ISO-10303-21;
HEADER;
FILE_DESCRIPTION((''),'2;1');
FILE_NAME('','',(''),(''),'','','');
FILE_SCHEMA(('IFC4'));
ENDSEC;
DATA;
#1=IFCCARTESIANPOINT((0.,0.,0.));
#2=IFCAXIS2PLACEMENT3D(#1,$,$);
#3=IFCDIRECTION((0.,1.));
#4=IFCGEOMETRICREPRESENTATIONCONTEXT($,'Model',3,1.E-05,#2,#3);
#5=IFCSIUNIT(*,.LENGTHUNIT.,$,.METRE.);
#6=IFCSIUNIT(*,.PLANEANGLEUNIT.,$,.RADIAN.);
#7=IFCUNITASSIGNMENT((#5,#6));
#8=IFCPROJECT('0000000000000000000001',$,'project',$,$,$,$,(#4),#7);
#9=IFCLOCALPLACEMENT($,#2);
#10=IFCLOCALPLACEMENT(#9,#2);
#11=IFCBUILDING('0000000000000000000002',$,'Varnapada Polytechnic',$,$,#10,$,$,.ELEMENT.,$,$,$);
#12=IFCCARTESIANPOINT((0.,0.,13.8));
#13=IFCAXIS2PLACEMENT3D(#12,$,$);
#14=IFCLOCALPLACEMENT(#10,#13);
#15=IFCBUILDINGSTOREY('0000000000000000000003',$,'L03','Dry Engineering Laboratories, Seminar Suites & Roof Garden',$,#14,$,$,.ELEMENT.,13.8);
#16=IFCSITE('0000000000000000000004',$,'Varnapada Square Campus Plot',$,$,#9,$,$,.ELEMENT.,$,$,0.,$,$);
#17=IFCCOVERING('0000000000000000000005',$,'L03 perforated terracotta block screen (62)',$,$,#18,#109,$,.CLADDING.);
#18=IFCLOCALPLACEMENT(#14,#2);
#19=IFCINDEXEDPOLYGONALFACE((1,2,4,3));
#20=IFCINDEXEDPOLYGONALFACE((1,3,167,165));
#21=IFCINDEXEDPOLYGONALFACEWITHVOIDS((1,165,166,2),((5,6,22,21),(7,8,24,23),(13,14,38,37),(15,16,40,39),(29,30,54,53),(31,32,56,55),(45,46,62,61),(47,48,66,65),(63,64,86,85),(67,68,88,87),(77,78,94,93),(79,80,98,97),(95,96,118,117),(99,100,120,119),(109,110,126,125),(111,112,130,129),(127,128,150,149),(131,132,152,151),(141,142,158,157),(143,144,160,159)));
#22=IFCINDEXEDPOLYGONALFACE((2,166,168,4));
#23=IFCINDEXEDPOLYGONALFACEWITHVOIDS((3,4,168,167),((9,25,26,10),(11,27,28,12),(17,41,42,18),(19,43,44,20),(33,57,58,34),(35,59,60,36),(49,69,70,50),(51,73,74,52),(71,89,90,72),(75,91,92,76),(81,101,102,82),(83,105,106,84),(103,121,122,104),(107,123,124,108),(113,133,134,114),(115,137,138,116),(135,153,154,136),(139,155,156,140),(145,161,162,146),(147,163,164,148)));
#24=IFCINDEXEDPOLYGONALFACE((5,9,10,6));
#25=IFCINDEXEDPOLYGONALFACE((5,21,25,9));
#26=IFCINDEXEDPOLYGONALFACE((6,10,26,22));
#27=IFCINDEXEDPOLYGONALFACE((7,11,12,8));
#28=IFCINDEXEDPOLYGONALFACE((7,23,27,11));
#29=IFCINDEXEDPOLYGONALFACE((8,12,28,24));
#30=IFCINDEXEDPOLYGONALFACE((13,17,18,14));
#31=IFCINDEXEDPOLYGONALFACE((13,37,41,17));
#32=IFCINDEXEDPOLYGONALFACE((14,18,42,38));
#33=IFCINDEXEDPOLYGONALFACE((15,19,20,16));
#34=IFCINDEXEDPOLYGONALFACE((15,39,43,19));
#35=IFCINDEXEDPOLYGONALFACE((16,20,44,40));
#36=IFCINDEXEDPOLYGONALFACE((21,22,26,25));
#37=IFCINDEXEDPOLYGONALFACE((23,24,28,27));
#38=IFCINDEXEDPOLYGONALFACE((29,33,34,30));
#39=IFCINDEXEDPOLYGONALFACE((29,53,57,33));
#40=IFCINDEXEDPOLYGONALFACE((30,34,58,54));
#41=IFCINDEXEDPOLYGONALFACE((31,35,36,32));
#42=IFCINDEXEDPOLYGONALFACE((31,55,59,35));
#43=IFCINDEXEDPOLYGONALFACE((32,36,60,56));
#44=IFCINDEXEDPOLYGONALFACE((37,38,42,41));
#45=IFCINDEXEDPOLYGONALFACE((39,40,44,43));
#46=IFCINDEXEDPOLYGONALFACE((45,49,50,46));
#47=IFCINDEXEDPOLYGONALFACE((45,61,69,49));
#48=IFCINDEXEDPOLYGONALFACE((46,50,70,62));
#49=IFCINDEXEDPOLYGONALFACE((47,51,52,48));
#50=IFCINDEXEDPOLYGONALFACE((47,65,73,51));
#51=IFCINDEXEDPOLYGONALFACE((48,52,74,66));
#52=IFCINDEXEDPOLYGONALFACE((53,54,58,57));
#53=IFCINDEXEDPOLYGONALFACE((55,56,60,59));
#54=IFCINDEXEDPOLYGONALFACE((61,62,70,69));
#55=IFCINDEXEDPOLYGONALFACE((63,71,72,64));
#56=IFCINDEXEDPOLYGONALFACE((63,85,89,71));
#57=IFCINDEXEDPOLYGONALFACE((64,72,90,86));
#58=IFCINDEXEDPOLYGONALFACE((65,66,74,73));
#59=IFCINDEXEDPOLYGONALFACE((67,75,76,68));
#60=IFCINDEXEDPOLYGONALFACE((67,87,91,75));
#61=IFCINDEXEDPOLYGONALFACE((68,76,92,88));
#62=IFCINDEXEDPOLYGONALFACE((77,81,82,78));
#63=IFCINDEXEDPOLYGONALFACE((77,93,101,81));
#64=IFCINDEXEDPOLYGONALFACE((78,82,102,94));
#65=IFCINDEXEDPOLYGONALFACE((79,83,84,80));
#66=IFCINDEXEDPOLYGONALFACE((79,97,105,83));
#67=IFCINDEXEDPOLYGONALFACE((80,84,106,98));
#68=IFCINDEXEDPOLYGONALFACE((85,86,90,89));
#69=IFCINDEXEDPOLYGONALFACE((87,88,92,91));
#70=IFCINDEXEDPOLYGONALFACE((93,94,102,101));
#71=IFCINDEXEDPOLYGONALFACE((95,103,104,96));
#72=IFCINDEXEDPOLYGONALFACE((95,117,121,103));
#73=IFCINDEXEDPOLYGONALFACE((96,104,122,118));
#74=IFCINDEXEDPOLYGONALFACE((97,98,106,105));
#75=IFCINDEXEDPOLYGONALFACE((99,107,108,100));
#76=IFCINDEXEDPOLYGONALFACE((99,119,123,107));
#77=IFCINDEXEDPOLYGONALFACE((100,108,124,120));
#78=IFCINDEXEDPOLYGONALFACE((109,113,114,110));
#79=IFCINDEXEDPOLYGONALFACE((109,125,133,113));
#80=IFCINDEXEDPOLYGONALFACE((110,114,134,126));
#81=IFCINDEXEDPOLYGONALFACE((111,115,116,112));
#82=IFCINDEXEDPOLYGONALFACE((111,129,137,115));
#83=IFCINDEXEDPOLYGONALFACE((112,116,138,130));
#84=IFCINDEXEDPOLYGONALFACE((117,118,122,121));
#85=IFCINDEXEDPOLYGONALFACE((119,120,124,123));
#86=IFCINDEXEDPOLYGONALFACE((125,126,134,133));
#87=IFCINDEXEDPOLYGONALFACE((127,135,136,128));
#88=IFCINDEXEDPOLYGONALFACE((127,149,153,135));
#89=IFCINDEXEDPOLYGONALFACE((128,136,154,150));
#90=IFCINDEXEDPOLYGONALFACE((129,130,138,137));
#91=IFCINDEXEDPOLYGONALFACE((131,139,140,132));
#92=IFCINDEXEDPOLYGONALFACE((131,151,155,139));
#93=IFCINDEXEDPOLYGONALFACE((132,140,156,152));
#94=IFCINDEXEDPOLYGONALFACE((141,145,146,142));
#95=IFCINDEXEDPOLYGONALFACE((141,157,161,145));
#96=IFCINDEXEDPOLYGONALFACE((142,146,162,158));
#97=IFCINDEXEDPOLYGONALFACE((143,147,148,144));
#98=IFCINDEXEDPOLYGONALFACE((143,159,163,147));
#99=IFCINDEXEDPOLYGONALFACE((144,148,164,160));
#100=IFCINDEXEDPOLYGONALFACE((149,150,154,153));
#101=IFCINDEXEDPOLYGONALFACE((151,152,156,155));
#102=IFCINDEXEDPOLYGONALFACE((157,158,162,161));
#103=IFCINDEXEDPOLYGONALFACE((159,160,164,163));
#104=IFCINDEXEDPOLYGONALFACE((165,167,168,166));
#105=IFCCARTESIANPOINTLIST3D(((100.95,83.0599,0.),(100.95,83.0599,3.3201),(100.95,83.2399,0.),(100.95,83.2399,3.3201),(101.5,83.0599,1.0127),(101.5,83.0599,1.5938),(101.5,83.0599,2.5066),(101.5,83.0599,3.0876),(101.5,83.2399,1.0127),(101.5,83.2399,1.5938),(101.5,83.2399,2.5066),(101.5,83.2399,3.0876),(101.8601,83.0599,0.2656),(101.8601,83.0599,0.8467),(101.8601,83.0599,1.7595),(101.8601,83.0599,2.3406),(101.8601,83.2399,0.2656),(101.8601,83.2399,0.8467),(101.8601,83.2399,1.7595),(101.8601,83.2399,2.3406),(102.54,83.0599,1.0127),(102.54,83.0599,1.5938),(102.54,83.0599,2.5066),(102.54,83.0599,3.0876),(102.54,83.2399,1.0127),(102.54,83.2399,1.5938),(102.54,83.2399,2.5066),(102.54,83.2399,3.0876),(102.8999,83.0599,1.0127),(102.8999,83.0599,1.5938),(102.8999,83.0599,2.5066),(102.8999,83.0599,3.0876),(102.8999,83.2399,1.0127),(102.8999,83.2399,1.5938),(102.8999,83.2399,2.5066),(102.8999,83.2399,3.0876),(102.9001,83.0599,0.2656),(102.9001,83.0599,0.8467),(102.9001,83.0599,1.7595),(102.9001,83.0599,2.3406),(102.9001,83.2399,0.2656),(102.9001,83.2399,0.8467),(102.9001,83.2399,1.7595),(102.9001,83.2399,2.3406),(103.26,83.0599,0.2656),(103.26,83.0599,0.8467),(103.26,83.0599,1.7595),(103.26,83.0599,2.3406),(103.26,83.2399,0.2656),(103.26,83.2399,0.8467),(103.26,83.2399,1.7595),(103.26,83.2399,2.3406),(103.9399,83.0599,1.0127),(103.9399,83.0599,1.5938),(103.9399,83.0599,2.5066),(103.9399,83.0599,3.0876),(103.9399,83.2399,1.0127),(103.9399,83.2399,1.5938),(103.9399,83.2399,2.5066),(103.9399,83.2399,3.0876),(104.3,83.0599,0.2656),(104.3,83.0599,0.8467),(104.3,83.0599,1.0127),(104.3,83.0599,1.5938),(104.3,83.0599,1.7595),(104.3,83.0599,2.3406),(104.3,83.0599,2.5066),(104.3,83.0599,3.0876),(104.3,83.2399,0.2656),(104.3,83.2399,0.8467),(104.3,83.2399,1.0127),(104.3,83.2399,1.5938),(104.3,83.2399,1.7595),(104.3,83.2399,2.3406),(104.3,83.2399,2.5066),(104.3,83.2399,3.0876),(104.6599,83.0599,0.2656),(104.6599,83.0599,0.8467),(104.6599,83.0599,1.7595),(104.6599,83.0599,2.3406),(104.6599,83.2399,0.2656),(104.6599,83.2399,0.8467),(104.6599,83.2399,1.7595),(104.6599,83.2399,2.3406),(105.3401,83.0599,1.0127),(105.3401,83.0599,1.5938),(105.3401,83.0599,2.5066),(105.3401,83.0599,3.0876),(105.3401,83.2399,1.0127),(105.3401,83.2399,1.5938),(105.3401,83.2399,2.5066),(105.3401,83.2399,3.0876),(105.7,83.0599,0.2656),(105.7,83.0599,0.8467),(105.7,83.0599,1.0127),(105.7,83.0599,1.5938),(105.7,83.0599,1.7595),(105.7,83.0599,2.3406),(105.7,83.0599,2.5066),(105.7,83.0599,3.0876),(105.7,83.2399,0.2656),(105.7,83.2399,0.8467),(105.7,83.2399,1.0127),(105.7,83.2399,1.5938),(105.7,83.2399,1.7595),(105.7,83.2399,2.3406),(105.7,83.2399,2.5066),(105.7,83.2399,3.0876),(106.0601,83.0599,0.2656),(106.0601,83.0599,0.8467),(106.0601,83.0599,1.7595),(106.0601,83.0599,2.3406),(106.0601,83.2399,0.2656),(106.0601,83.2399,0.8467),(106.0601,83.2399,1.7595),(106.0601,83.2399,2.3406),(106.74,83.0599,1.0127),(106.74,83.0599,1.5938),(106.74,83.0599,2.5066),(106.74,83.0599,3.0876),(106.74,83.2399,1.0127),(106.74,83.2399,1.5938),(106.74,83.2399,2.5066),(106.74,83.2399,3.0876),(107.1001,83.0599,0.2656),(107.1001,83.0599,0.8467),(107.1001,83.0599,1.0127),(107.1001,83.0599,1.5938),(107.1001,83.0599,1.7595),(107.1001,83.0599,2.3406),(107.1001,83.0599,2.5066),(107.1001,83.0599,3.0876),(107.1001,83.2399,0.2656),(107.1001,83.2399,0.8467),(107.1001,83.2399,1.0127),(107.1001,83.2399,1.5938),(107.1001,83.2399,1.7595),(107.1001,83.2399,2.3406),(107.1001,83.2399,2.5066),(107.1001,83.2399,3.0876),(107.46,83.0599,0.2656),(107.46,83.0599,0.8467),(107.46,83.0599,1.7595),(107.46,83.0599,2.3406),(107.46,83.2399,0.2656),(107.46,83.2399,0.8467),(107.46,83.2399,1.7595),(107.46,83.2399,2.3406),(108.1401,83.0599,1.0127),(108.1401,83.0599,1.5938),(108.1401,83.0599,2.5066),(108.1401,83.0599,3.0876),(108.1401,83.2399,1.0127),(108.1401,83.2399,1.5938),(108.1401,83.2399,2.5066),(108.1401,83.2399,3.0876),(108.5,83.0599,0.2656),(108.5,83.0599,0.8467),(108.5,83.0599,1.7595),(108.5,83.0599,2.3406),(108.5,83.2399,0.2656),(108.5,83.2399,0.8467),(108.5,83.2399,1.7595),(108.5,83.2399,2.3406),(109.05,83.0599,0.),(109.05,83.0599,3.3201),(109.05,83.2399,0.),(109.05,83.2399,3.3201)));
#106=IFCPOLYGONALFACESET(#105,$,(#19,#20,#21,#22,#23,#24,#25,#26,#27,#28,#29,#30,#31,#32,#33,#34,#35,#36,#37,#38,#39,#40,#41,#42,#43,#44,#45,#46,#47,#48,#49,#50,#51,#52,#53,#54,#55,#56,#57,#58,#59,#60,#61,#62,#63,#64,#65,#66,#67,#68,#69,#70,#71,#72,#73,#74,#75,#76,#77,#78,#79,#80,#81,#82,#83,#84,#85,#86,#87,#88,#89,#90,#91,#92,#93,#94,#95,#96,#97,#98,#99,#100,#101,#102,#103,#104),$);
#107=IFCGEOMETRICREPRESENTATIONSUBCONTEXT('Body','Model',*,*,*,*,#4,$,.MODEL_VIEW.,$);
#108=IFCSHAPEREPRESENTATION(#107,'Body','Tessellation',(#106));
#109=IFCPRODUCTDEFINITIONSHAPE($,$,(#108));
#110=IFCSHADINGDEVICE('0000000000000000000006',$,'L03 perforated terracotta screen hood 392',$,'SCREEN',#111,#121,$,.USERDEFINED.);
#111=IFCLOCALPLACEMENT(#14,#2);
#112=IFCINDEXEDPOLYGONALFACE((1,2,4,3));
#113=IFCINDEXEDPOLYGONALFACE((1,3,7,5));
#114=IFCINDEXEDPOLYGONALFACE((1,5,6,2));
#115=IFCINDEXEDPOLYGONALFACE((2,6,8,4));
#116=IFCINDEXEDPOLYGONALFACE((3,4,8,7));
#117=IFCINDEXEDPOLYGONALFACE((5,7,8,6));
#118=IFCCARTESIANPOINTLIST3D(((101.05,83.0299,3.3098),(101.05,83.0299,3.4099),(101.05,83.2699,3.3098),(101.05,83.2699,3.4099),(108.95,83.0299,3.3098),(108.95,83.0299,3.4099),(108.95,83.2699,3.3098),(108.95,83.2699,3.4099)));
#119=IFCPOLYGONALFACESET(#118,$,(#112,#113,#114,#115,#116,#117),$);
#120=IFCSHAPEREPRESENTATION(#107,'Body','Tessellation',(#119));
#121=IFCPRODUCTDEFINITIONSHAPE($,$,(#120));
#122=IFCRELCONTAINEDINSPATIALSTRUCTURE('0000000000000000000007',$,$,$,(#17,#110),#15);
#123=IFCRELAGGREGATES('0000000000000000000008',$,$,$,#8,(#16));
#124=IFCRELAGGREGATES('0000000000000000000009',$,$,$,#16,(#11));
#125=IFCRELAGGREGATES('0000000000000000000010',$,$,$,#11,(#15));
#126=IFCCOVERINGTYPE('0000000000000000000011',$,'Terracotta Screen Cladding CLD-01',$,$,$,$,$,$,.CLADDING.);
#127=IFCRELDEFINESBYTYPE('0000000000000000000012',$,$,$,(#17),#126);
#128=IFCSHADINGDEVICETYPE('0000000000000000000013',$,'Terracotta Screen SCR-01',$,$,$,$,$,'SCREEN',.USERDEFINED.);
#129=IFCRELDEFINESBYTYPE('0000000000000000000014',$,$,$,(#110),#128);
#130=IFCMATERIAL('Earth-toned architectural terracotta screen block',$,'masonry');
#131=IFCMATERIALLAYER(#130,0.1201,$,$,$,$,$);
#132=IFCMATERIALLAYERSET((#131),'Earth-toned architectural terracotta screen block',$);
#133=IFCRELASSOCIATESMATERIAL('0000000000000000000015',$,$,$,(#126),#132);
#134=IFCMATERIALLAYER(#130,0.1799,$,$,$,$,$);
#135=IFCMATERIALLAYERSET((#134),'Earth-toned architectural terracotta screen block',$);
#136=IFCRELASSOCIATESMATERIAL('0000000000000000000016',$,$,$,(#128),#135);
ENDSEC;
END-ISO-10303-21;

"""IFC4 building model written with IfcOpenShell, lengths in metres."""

from ifc_helpers import new_model, si_unit, direction, frame, frame_2d, origin, origin_2d, place, context, subcontext, project, spatial, rectangle, extrude, material, layer, layer_set, type_object, element, save


model = new_model("IFC4")

# Units and contexts
model_context = context("Model", 3, precision=1e-05, world=origin(), true_north=direction((0.0, 1.0)))
body_context = subcontext(model_context, "Body", "Model", "MODEL_VIEW")
ifc_project = project(units=[si_unit("LENGTHUNIT", "METRE"), si_unit("PLANEANGLEUNIT", "RADIAN")], contexts=[model_context])

# Site, building, storey
site_placement = place(None, origin())
site = spatial("IfcSite", under=ifc_project, at=site_placement, Name="Varnapada Square Campus Plot", CompositionType="ELEMENT", RefElevation=0.0)
building_placement = place(site_placement, origin())
building = spatial("IfcBuilding", under=site, at=building_placement, Name="Varnapada Polytechnic", CompositionType="ELEMENT")
storey_placement = place(building_placement, frame((0.0, 0.0, 13.8)))
storey = spatial("IfcBuildingStorey", under=building, at=storey_placement, Name="L03", Description="Dry Engineering Laboratories, Seminar Suites & Roof Garden", CompositionType="ELEMENT", Elevation=13.8)

# Covering, openings
ifc_material_1 = material(Name="Earth-toned architectural terracotta screen block", Category="masonry")
ifc_layer_1 = layer(ifc_material_1, 0.1201)
ifc_layer_set_1 = layer_set([ifc_layer_1], Name="Earth-toned architectural terracotta screen block")
covering_type = type_object("IfcCoveringType", Name="Terracotta Screen Cladding CLD-01", PredefinedType="CLADDING", material=ifc_layer_set_1)
covering_placement = place(storey_placement, frame((109.05, 83.1499, 0.0), z_axis=(0.0, 0.0, 1.0), x_axis=(-1.0, 0.0, 0.0)))
covering = element("IfcCovering", 1, at=covering_placement, inside=storey, type_object=covering_type, Name="L03 perforated terracotta block screen (62)", PredefinedType="CLADDING", context=body_context, shape_type="SweptSolid", body=[
    extrude(rectangle(XDim=8.1001, YDim=0.1799, at=frame_2d((4.05, 0.0))), origin(), (0.0, 0.0, 1.0), 3.3201),
])
opening_1_placement = place(covering_placement, frame((0.55, 0.0, 0.2656)))
element("IfcOpeningElement", 2, at=opening_1_placement, cuts=covering, PredefinedType="OPENING", context=body_context, shape_type="SweptSolid", body=[
    extrude(rectangle(XDim=1.04, YDim=0.5811, at=frame_2d((0.52, 0.2905))), frame((0.0, 0.0999, 0.0), z_axis=(0.0, -1.0, 0.0), x_axis=(1.0, 0.0, 0.0)), (0.0, 0.0, 1.0), 0.2),
])
opening_2_placement = place(covering_placement, frame((1.95, 0.0, 0.2656)))
element("IfcOpeningElement", 3, at=opening_2_placement, cuts=covering, PredefinedType="OPENING", context=body_context, shape_type="SweptSolid", body=[
    extrude(rectangle(XDim=1.04, YDim=0.5811, at=frame_2d((0.52, 0.2905))), frame((0.0, 0.0999, 0.0), z_axis=(0.0, -1.0, 0.0), x_axis=(1.0, 0.0, 0.0)), (0.0, 0.0, 1.0), 0.2),
])
opening_3_placement = place(covering_placement, frame((3.3501, 0.0, 0.2656)))
element("IfcOpeningElement", 4, at=opening_3_placement, cuts=covering, PredefinedType="OPENING", context=body_context, shape_type="SweptSolid", body=[
    extrude(rectangle(XDim=1.04, YDim=0.5811, at=frame_2d((0.52, 0.2905))), frame((0.0, 0.0999, 0.0), z_axis=(0.0, -1.0, 0.0), x_axis=(1.0, 0.0, 0.0)), (0.0, 0.0, 1.0), 0.2),
])
opening_4_placement = place(covering_placement, frame((4.75, 0.0, 0.2656)))
element("IfcOpeningElement", 5, at=opening_4_placement, cuts=covering, PredefinedType="OPENING", context=body_context, shape_type="SweptSolid", body=[
    extrude(rectangle(XDim=1.04, YDim=0.5811, at=frame_2d((0.52, 0.2905))), frame((0.0, 0.0999, 0.0), z_axis=(0.0, -1.0, 0.0), x_axis=(1.0, 0.0, 0.0)), (0.0, 0.0, 1.0), 0.2),
])
opening_5_placement = place(covering_placement, frame((6.1499, 0.0, 0.2656)))
element("IfcOpeningElement", 6, at=opening_5_placement, cuts=covering, PredefinedType="OPENING", context=body_context, shape_type="SweptSolid", body=[
    extrude(rectangle(XDim=1.04, YDim=0.5811, at=frame_2d((0.52, 0.2905))), frame((0.0, 0.0999, 0.0), z_axis=(0.0, -1.0, 0.0), x_axis=(1.0, 0.0, 0.0)), (0.0, 0.0, 1.0), 0.2),
])
opening_6_placement = place(covering_placement, frame((0.9099, 0.0, 1.0127)))
element("IfcOpeningElement", 7, at=opening_6_placement, cuts=covering, PredefinedType="OPENING", context=body_context, shape_type="SweptSolid", body=[
    extrude(rectangle(XDim=1.04, YDim=0.5811, at=frame_2d((0.52, 0.2905))), frame((0.0, 0.0999, 0.0), z_axis=(0.0, -1.0, 0.0), x_axis=(1.0, 0.0, 0.0)), (0.0, 0.0, 1.0), 0.2),
])
opening_7_placement = place(covering_placement, frame((2.3101, 0.0, 1.0127)))
element("IfcOpeningElement", 8, at=opening_7_placement, cuts=covering, PredefinedType="OPENING", context=body_context, shape_type="SweptSolid", body=[
    extrude(rectangle(XDim=1.04, YDim=0.5811, at=frame_2d((0.52, 0.2905))), frame((0.0, 0.0999, 0.0), z_axis=(0.0, -1.0, 0.0), x_axis=(1.0, 0.0, 0.0)), (0.0, 0.0, 1.0), 0.2),
])
opening_8_placement = place(covering_placement, frame((3.71, 0.0, 1.0127)))
element("IfcOpeningElement", 9, at=opening_8_placement, cuts=covering, PredefinedType="OPENING", context=body_context, shape_type="SweptSolid", body=[
    extrude(rectangle(XDim=1.04, YDim=0.5811, at=frame_2d((0.52, 0.2905))), frame((0.0, 0.0999, 0.0), z_axis=(0.0, -1.0, 0.0), x_axis=(1.0, 0.0, 0.0)), (0.0, 0.0, 1.0), 0.2),
])
opening_9_placement = place(covering_placement, frame((5.1101, 0.0, 1.0127)))
element("IfcOpeningElement", 10, at=opening_9_placement, cuts=covering, PredefinedType="OPENING", context=body_context, shape_type="SweptSolid", body=[
    extrude(rectangle(XDim=1.04, YDim=0.5811, at=frame_2d((0.52, 0.2905))), frame((0.0, 0.0999, 0.0), z_axis=(0.0, -1.0, 0.0), x_axis=(1.0, 0.0, 0.0)), (0.0, 0.0, 1.0), 0.2),
])
opening_10_placement = place(covering_placement, frame((6.51, 0.0, 1.0127)))
element("IfcOpeningElement", 11, at=opening_10_placement, cuts=covering, PredefinedType="OPENING", context=body_context, shape_type="SweptSolid", body=[
    extrude(rectangle(XDim=1.04, YDim=0.5811, at=frame_2d((0.52, 0.2905))), frame((0.0, 0.0999, 0.0), z_axis=(0.0, -1.0, 0.0), x_axis=(1.0, 0.0, 0.0)), (0.0, 0.0, 1.0), 0.2),
])
opening_11_placement = place(covering_placement, frame((0.55, 0.0, 1.7595)))
element("IfcOpeningElement", 12, at=opening_11_placement, cuts=covering, PredefinedType="OPENING", context=body_context, shape_type="SweptSolid", body=[
    extrude(rectangle(XDim=1.04, YDim=0.5811, at=frame_2d((0.52, 0.2905))), frame((0.0, 0.0999, 0.0), z_axis=(0.0, -1.0, 0.0), x_axis=(1.0, 0.0, 0.0)), (0.0, 0.0, 1.0), 0.2),
])
opening_12_placement = place(covering_placement, frame((1.95, 0.0, 1.7595)))
element("IfcOpeningElement", 13, at=opening_12_placement, cuts=covering, PredefinedType="OPENING", context=body_context, shape_type="SweptSolid", body=[
    extrude(rectangle(XDim=1.04, YDim=0.5811, at=frame_2d((0.52, 0.2905))), frame((0.0, 0.0999, 0.0), z_axis=(0.0, -1.0, 0.0), x_axis=(1.0, 0.0, 0.0)), (0.0, 0.0, 1.0), 0.2),
])
opening_13_placement = place(covering_placement, frame((3.3501, 0.0, 1.7595)))
element("IfcOpeningElement", 14, at=opening_13_placement, cuts=covering, PredefinedType="OPENING", context=body_context, shape_type="SweptSolid", body=[
    extrude(rectangle(XDim=1.04, YDim=0.5811, at=frame_2d((0.52, 0.2905))), frame((0.0, 0.0999, 0.0), z_axis=(0.0, -1.0, 0.0), x_axis=(1.0, 0.0, 0.0)), (0.0, 0.0, 1.0), 0.2),
])
opening_14_placement = place(covering_placement, frame((4.75, 0.0, 1.7595)))
element("IfcOpeningElement", 15, at=opening_14_placement, cuts=covering, PredefinedType="OPENING", context=body_context, shape_type="SweptSolid", body=[
    extrude(rectangle(XDim=1.04, YDim=0.5811, at=frame_2d((0.52, 0.2905))), frame((0.0, 0.0999, 0.0), z_axis=(0.0, -1.0, 0.0), x_axis=(1.0, 0.0, 0.0)), (0.0, 0.0, 1.0), 0.2),
])
opening_15_placement = place(covering_placement, frame((6.1499, 0.0, 1.7595)))
element("IfcOpeningElement", 16, at=opening_15_placement, cuts=covering, PredefinedType="OPENING", context=body_context, shape_type="SweptSolid", body=[
    extrude(rectangle(XDim=1.04, YDim=0.5811, at=frame_2d((0.52, 0.2905))), frame((0.0, 0.0999, 0.0), z_axis=(0.0, -1.0, 0.0), x_axis=(1.0, 0.0, 0.0)), (0.0, 0.0, 1.0), 0.2),
])
opening_16_placement = place(covering_placement, frame((0.9099, 0.0, 2.5066)))
element("IfcOpeningElement", 17, at=opening_16_placement, cuts=covering, PredefinedType="OPENING", context=body_context, shape_type="SweptSolid", body=[
    extrude(rectangle(XDim=1.04, YDim=0.5811, at=frame_2d((0.52, 0.2905))), frame((0.0, 0.0999, 0.0), z_axis=(0.0, -1.0, 0.0), x_axis=(1.0, 0.0, 0.0)), (0.0, 0.0, 1.0), 0.2),
])
opening_17_placement = place(covering_placement, frame((2.3101, 0.0, 2.5066)))
element("IfcOpeningElement", 18, at=opening_17_placement, cuts=covering, PredefinedType="OPENING", context=body_context, shape_type="SweptSolid", body=[
    extrude(rectangle(XDim=1.04, YDim=0.5811, at=frame_2d((0.52, 0.2905))), frame((0.0, 0.0999, 0.0), z_axis=(0.0, -1.0, 0.0), x_axis=(1.0, 0.0, 0.0)), (0.0, 0.0, 1.0), 0.2),
])
opening_18_placement = place(covering_placement, frame((3.71, 0.0, 2.5066)))
element("IfcOpeningElement", 19, at=opening_18_placement, cuts=covering, PredefinedType="OPENING", context=body_context, shape_type="SweptSolid", body=[
    extrude(rectangle(XDim=1.04, YDim=0.5811, at=frame_2d((0.52, 0.2905))), frame((0.0, 0.0999, 0.0), z_axis=(0.0, -1.0, 0.0), x_axis=(1.0, 0.0, 0.0)), (0.0, 0.0, 1.0), 0.2),
])
opening_19_placement = place(covering_placement, frame((5.1101, 0.0, 2.5066)))
element("IfcOpeningElement", 20, at=opening_19_placement, cuts=covering, PredefinedType="OPENING", context=body_context, shape_type="SweptSolid", body=[
    extrude(rectangle(XDim=1.04, YDim=0.5811, at=frame_2d((0.52, 0.2905))), frame((0.0, 0.0999, 0.0), z_axis=(0.0, -1.0, 0.0), x_axis=(1.0, 0.0, 0.0)), (0.0, 0.0, 1.0), 0.2),
])
opening_20_placement = place(covering_placement, frame((6.51, 0.0, 2.5066)))
element("IfcOpeningElement", 21, at=opening_20_placement, cuts=covering, PredefinedType="OPENING", context=body_context, shape_type="SweptSolid", body=[
    extrude(rectangle(XDim=1.04, YDim=0.5811, at=frame_2d((0.52, 0.2905))), frame((0.0, 0.0999, 0.0), z_axis=(0.0, -1.0, 0.0), x_axis=(1.0, 0.0, 0.0)), (0.0, 0.0, 1.0), 0.2),
])

# Shading device
ifc_layer_2 = layer(ifc_material_1, 0.1799)
ifc_layer_set_2 = layer_set([ifc_layer_2], Name="Earth-toned architectural terracotta screen block")
shading_device_type = type_object("IfcShadingDeviceType", Name="Terracotta Screen SCR-01", ElementType="SCREEN", PredefinedType="USERDEFINED", material=ifc_layer_set_2)
shading_device_placement = place(storey_placement, frame((105.0, 83.1499, 3.3098), z_axis=(0.0, 0.0, 1.0), x_axis=(-1.0, 0.0, 0.0)))
element("IfcShadingDevice", 22, at=shading_device_placement, inside=storey, type_object=shading_device_type, Name="L03 perforated terracotta screen hood 392", ObjectType="SCREEN", PredefinedType="USERDEFINED", context=body_context, shape_type="SweptSolid", body=[
    extrude(rectangle(XDim=7.8999, YDim=0.24, at=origin_2d()), origin(), (0.0, 0.0, 1.0), 0.1001),
])

save(model, "model.ifc")
